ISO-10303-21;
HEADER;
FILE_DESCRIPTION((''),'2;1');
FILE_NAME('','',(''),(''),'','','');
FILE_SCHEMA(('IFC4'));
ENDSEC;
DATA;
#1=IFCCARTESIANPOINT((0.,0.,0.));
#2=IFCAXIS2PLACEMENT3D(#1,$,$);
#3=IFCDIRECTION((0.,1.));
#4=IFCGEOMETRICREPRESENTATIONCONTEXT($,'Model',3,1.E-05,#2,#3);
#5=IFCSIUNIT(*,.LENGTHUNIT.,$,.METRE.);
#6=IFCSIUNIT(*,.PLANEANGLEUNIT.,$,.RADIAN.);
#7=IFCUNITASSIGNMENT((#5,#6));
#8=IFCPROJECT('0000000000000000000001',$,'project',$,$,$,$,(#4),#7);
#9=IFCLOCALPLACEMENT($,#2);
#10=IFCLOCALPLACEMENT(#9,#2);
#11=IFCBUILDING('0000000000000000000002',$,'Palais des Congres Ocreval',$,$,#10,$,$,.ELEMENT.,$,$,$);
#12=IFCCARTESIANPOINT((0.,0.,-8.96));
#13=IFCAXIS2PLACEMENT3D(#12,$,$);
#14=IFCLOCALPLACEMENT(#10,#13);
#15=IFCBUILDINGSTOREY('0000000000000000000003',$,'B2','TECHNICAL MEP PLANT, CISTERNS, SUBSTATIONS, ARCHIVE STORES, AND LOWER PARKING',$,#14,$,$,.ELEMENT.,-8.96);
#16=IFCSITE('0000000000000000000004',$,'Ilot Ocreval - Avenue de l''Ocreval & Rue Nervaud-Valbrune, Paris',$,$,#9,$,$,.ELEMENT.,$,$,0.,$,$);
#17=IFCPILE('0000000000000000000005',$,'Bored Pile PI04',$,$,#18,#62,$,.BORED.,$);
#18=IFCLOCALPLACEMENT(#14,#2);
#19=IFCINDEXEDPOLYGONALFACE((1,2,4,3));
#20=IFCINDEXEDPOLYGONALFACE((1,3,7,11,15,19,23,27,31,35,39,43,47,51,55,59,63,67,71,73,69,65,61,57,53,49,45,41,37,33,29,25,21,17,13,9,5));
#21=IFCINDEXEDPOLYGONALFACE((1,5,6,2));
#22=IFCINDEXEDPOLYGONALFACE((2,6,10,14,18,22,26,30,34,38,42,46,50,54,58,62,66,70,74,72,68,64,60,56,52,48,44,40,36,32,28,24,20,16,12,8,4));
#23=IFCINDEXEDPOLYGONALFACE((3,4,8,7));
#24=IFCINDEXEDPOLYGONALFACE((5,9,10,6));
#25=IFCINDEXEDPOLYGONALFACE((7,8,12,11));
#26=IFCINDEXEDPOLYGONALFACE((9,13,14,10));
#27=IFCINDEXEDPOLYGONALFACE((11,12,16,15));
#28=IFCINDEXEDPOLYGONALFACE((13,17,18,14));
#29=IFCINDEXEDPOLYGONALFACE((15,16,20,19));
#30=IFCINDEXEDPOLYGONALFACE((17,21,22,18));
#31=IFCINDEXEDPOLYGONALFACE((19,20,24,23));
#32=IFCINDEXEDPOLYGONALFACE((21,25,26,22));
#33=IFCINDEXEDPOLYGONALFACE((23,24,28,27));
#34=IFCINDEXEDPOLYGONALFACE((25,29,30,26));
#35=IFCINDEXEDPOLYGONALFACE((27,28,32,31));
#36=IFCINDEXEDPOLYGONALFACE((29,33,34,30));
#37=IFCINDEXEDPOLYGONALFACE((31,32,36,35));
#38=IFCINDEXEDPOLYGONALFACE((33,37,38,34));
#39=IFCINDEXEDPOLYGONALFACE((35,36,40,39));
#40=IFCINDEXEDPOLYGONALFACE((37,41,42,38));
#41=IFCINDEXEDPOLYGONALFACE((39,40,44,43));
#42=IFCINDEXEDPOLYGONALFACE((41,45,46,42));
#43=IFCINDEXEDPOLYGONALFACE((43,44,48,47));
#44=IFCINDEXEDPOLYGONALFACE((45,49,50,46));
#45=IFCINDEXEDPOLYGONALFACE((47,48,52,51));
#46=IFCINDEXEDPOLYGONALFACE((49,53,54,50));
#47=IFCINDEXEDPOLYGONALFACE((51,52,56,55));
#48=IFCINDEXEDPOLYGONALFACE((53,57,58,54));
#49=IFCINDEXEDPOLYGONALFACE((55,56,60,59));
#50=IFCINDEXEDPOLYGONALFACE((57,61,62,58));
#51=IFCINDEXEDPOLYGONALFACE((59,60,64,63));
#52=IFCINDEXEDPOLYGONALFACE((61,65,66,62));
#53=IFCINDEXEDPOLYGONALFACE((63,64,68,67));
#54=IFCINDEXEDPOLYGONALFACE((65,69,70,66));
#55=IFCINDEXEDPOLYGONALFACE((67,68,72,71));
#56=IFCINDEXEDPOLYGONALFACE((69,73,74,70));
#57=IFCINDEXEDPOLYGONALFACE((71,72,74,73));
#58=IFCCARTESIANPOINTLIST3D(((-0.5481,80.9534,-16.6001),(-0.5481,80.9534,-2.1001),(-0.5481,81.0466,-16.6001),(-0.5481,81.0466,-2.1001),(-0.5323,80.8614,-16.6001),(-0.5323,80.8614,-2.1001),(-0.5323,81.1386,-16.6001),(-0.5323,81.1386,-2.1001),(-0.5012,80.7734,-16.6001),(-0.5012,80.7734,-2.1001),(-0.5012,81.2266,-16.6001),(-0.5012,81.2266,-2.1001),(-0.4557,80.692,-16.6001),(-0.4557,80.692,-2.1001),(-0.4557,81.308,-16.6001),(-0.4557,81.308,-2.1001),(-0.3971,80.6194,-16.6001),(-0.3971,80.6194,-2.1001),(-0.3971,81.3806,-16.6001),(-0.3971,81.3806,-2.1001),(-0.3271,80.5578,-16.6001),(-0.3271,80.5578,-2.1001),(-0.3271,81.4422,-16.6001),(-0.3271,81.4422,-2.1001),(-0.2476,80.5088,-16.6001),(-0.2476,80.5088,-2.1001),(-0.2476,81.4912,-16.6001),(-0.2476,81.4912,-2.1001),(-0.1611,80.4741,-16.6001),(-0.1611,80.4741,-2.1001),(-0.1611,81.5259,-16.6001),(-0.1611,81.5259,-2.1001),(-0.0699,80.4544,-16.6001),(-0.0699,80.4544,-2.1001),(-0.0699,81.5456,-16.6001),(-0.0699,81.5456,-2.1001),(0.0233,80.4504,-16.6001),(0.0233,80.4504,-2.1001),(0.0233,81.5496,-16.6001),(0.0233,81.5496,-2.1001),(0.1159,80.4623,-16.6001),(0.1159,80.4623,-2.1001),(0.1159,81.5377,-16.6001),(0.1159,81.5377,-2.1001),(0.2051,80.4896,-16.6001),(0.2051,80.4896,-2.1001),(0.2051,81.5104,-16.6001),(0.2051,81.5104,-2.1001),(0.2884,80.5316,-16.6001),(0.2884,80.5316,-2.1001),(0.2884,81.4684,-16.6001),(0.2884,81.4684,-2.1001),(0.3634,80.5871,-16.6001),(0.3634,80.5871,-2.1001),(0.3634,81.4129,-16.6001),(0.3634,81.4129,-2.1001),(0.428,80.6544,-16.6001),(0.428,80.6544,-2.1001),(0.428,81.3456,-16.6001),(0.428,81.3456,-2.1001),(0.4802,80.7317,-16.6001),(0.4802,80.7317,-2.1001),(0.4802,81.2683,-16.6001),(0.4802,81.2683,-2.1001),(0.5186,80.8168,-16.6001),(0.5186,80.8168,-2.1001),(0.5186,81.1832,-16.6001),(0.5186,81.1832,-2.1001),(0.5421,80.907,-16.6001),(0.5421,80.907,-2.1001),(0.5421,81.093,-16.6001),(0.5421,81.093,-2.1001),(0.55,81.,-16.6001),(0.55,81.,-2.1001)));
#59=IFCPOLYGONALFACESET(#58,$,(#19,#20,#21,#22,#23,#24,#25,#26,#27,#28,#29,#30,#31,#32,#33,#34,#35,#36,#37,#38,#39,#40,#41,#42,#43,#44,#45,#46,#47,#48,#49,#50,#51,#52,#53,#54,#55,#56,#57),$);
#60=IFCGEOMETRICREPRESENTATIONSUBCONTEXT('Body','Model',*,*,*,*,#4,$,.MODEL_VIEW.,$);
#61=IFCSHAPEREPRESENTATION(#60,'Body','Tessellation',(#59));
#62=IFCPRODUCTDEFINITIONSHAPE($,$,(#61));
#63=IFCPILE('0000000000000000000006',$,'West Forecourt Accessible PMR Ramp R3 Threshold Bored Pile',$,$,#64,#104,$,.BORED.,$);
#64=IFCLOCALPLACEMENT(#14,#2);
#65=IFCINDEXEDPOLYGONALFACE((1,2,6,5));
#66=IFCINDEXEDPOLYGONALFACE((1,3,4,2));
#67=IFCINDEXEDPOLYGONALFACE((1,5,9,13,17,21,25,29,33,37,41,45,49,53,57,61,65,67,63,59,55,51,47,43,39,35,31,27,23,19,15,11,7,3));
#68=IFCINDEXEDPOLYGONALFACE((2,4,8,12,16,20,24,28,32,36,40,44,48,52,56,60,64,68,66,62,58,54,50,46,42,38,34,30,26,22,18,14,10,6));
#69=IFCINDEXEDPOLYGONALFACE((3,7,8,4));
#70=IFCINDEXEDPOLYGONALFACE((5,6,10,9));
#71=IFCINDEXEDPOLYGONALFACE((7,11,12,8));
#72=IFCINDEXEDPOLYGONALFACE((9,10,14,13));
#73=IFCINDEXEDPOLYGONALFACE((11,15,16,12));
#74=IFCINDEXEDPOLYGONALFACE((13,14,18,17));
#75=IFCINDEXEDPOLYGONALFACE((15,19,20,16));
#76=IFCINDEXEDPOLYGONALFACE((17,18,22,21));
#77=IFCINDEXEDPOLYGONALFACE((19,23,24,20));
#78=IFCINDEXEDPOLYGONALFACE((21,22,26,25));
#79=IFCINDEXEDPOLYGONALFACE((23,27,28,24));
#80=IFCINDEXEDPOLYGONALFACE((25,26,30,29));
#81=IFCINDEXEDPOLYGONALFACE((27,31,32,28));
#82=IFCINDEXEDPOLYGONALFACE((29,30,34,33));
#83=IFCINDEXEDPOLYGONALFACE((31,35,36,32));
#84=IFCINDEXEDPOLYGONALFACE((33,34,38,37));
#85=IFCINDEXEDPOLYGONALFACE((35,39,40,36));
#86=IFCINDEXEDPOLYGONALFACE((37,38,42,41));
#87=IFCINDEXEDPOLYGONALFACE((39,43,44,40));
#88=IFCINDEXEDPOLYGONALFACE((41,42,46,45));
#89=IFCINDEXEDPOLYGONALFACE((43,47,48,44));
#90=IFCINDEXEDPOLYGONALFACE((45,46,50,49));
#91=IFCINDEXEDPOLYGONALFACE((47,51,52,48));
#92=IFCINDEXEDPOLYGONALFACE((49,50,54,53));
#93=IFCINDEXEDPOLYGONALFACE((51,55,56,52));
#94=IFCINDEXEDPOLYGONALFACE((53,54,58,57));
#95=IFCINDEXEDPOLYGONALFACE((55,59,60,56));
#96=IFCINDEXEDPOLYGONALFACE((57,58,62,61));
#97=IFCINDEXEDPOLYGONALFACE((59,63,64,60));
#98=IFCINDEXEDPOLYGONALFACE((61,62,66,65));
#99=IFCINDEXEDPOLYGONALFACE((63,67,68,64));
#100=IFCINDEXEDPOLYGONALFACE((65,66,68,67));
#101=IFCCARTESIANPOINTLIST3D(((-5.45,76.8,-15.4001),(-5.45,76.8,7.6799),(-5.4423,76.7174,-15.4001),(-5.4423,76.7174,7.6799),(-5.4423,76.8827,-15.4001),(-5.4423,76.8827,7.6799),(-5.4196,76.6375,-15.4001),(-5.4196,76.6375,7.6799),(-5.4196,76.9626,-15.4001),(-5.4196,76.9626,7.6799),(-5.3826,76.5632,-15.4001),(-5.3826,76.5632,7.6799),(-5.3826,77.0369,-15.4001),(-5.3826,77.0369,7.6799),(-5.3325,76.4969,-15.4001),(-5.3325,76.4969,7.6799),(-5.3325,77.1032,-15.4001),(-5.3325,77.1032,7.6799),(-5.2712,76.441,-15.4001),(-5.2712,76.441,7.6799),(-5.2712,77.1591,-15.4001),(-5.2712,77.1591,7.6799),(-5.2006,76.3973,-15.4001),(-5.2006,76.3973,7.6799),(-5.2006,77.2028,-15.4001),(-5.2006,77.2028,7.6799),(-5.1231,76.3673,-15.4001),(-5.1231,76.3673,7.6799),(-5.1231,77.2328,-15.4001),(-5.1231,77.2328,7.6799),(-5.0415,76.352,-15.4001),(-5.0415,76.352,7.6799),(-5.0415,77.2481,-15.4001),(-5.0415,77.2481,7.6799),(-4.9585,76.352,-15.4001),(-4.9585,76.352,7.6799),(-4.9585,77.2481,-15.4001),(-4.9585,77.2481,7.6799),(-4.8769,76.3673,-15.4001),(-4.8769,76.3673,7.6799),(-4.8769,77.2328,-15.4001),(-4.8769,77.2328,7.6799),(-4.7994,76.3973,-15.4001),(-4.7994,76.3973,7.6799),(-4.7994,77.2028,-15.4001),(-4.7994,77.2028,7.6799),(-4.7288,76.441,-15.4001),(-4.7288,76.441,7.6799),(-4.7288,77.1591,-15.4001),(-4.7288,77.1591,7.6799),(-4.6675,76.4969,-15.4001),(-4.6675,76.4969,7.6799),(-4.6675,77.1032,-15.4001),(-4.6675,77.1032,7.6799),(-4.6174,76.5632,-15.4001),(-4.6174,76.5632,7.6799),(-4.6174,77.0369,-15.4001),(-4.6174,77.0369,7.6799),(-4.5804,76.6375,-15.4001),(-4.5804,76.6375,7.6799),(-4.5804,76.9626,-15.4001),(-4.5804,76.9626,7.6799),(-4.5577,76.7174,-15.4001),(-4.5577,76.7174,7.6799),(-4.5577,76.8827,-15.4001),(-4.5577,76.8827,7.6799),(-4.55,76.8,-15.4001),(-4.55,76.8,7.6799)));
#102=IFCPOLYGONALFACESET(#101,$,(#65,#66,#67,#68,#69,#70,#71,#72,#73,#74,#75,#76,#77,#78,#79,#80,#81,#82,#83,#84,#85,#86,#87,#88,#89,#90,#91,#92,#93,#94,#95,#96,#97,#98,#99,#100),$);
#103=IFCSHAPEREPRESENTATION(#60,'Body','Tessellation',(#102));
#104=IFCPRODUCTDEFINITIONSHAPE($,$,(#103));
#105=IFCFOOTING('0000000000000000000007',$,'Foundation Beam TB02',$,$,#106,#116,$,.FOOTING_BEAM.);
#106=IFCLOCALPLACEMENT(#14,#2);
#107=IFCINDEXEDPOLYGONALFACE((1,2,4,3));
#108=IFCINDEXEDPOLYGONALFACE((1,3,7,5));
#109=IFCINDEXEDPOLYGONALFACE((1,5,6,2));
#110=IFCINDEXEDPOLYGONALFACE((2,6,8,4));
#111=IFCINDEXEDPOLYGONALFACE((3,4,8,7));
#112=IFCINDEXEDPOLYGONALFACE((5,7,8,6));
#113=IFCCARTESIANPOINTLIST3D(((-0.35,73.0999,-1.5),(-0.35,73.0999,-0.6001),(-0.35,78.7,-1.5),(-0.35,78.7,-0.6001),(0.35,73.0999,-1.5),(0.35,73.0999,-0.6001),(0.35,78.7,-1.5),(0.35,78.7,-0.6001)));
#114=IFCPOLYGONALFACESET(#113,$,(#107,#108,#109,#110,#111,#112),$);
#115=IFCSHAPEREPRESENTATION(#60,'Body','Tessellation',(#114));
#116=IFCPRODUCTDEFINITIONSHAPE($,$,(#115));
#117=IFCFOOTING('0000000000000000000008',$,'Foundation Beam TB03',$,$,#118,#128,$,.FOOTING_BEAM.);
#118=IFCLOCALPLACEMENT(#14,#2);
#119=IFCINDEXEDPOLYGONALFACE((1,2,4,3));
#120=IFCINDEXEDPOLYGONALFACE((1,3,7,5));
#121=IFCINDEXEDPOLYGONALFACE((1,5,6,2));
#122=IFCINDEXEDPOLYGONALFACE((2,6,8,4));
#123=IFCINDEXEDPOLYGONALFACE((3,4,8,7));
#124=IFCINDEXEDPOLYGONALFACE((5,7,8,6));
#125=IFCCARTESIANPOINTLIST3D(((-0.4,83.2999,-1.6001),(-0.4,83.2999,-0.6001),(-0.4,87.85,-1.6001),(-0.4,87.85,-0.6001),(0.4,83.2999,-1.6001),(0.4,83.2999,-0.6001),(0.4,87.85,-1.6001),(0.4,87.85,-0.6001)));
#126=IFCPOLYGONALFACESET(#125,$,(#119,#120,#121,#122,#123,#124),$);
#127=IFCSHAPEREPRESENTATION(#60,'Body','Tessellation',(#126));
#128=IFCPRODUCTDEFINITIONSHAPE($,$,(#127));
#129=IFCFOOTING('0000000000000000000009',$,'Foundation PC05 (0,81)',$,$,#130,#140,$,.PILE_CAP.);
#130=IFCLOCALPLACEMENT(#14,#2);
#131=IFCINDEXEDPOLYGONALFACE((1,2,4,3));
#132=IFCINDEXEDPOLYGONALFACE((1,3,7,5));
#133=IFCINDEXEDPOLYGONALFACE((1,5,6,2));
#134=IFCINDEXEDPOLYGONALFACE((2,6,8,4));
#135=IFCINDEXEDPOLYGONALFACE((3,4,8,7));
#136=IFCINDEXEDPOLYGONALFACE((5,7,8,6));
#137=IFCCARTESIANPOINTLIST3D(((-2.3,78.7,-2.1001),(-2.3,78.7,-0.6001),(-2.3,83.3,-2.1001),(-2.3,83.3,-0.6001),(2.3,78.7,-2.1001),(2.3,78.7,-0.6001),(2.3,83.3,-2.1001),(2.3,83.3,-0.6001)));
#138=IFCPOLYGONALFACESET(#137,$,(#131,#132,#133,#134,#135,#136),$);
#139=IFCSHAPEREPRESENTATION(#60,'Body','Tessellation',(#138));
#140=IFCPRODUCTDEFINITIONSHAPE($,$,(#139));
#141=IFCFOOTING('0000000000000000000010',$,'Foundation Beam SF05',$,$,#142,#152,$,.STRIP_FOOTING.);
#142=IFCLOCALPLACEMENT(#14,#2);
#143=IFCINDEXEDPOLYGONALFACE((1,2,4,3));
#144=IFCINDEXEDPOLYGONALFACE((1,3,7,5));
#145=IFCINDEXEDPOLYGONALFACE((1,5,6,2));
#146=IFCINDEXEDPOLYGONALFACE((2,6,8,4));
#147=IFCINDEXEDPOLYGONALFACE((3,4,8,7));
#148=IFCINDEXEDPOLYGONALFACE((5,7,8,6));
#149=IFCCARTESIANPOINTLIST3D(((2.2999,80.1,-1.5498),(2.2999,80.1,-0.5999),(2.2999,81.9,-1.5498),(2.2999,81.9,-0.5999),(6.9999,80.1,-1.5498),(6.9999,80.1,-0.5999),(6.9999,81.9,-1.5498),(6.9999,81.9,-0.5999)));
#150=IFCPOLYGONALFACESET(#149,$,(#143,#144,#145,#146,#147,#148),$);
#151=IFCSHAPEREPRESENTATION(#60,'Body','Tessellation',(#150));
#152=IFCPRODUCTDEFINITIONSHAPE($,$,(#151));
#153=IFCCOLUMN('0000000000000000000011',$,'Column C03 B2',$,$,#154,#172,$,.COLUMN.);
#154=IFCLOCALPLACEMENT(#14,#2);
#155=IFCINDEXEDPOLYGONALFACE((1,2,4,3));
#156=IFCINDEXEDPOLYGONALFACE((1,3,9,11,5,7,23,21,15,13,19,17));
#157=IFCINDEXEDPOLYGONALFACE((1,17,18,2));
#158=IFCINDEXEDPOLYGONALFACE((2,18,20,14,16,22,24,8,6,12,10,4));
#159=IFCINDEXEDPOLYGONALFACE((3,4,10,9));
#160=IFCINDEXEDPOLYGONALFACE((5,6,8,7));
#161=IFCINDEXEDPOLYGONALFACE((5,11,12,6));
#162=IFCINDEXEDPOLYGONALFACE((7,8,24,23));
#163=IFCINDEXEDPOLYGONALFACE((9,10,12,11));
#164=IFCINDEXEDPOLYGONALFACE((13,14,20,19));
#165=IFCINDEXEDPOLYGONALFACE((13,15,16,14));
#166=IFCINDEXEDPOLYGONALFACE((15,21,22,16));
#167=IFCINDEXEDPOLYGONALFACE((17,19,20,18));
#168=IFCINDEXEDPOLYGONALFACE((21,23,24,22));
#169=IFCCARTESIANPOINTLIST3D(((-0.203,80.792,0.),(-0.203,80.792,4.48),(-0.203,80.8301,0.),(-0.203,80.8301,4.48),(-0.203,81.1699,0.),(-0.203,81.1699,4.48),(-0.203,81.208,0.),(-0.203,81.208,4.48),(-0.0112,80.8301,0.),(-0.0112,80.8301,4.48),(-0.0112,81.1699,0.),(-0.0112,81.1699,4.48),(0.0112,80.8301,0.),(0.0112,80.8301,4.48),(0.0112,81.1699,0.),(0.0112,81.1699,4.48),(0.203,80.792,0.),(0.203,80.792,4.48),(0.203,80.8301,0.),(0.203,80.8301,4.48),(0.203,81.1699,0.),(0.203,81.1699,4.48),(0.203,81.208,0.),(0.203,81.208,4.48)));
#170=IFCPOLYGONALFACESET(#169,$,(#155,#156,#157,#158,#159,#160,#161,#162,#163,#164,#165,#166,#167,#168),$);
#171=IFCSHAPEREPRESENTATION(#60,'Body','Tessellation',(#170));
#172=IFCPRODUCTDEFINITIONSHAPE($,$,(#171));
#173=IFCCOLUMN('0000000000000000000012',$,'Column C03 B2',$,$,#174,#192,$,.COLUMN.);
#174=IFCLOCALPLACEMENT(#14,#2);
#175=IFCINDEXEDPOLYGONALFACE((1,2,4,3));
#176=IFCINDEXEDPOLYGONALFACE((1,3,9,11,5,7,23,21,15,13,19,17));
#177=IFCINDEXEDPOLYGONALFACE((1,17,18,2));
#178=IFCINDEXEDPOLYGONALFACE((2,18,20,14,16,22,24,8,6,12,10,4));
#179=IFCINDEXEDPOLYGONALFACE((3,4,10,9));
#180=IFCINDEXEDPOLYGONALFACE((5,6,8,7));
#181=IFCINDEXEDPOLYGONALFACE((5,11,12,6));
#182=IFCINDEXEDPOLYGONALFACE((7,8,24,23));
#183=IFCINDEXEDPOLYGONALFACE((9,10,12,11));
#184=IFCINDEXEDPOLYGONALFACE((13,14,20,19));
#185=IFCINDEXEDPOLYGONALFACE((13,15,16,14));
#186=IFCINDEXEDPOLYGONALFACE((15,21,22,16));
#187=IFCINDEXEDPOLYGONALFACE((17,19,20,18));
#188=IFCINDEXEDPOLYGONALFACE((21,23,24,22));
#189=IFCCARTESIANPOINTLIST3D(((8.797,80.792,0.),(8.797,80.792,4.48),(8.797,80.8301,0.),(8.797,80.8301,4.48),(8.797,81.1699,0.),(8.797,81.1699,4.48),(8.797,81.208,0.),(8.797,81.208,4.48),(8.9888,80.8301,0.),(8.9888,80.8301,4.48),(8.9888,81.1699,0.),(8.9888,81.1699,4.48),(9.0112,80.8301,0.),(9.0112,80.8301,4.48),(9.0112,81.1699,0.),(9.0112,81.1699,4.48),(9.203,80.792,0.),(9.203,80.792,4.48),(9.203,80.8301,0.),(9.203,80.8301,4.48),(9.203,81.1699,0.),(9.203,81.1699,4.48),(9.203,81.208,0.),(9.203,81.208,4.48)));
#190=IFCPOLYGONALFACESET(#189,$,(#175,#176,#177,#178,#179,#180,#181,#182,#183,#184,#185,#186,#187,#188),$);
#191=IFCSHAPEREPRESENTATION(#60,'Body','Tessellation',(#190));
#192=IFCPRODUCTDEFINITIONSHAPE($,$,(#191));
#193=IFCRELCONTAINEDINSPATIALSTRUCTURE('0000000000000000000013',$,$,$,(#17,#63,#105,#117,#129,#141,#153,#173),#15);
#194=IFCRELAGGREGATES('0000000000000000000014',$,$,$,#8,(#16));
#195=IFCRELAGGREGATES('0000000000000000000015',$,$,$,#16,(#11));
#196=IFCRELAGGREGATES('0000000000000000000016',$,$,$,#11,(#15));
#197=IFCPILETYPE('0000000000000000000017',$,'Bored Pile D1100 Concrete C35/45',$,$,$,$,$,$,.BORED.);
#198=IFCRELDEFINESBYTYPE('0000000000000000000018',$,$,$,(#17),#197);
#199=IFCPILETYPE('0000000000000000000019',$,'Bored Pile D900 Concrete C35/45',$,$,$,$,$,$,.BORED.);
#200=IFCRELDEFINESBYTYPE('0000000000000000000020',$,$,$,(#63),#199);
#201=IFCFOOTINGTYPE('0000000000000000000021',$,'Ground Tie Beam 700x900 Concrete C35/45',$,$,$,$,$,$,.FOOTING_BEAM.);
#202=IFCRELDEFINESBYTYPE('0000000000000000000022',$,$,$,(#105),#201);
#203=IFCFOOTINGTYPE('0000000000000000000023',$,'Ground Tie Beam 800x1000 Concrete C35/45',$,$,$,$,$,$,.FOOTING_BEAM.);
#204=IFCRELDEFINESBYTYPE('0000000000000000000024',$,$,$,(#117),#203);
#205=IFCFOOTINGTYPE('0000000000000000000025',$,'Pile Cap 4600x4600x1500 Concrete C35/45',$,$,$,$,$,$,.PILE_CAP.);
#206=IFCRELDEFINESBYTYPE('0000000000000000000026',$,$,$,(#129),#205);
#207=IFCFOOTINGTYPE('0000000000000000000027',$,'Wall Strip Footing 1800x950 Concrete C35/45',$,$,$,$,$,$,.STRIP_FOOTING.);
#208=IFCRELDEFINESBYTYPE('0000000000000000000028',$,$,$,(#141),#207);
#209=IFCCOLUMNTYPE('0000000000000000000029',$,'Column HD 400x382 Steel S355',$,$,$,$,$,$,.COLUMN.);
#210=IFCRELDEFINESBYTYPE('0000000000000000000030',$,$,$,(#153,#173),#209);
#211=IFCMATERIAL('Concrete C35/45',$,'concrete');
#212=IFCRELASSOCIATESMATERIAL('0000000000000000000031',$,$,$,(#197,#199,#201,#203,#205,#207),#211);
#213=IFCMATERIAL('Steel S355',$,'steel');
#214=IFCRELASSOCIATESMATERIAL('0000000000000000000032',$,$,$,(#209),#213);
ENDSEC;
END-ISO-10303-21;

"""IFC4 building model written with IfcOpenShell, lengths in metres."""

from ifc_helpers import new_model, si_unit, direction, frame, origin, origin_2d, place, context, subcontext, project, spatial, rectangle, circle, i_section, extrude, material, material_profile, profile_set, type_object, element, save


model = new_model("IFC4")

# Units and contexts
model_context = context("Model", 3, precision=1e-05, world=origin(), true_north=direction((0.0, 1.0)))
body_context = subcontext(model_context, "Body", "Model", "MODEL_VIEW")
ifc_project = project(units=[si_unit("LENGTHUNIT", "METRE"), si_unit("PLANEANGLEUNIT", "RADIAN")], contexts=[model_context])

# Site, building, storey
site_placement = place(None, origin())
site = spatial("IfcSite", under=ifc_project, at=site_placement, Name="Ilot Ocreval - Avenue de l'Ocreval & Rue Nervaud-Valbrune, Paris", CompositionType="ELEMENT", RefElevation=0.0)
building_placement = place(site_placement, origin())
building = spatial("IfcBuilding", under=site, at=building_placement, Name="Palais des Congres Ocreval", CompositionType="ELEMENT")
storey_placement = place(building_placement, frame((0.0, 0.0, -8.96)))
storey = spatial("IfcBuildingStorey", under=building, at=storey_placement, Name="B2", Description="TECHNICAL MEP PLANT, CISTERNS, SUBSTATIONS, ARCHIVE STORES, AND LOWER PARKING", CompositionType="ELEMENT", Elevation=-8.96)

# Piles
ifc_material_1 = material(Name="Concrete C35/45", Category="concrete")
ifc_material_profile_1 = material_profile(ifc_material_1, circle(Radius=0.55, at=origin_2d()), Name="BORED PILE 1100")
ifc_profile_set_1 = profile_set([ifc_material_profile_1], Name="Concrete C35/45")
pile_type_1 = type_object("IfcPileType", Name="Bored Pile D1100 Concrete C35/45", PredefinedType="BORED", material=ifc_profile_set_1)
pile_1_placement = place(storey_placement, frame((0.0, 81.0, -2.1001), z_axis=(0.0, 0.0, -1.0), x_axis=(1.0, 0.0, 0.0)))
element("IfcPile", 1, at=pile_1_placement, inside=storey, type_object=pile_type_1, Name="Bored Pile PI04", PredefinedType="BORED", context=body_context, shape_type="SweptSolid", body=[
    extrude(circle(Radius=0.55, at=origin_2d()), origin(), (0.0, 0.0, 1.0), 14.5),
])
ifc_material_profile_2 = material_profile(ifc_material_1, circle(Radius=0.45, at=origin_2d()), Name="BORED PILE 900")
ifc_profile_set_2 = profile_set([ifc_material_profile_2], Name="Concrete C35/45")
pile_type_2 = type_object("IfcPileType", Name="Bored Pile D900 Concrete C35/45", PredefinedType="BORED", material=ifc_profile_set_2)
pile_2_placement = place(storey_placement, frame((-5.0, 76.8, 7.6799), z_axis=(0.0, 0.0, -1.0), x_axis=(1.0, 0.0, 0.0)))
element("IfcPile", 2, at=pile_2_placement, inside=storey, type_object=pile_type_2, Name="West Forecourt Accessible PMR Ramp R3 Threshold Bored Pile", PredefinedType="BORED", context=body_context, shape_type="SweptSolid", body=[
    extrude(circle(Radius=0.45, at=origin_2d()), origin(), (0.0, 0.0, 1.0), 23.0801),
])

# Footings
footing_type_1 = type_object("IfcFootingType", Name="Ground Tie Beam 700x900 Concrete C35/45", PredefinedType="FOOTING_BEAM", material=ifc_material_1)
footing_1_placement = place(storey_placement, frame((0.0, 75.8999, -1.5), z_axis=(0.0, 0.0, 1.0), x_axis=(0.0, 1.0, 0.0)))
element("IfcFooting", 3, at=footing_1_placement, inside=storey, type_object=footing_type_1, Name="Foundation Beam TB02", PredefinedType="FOOTING_BEAM", context=body_context, shape_type="SweptSolid", body=[
    extrude(rectangle(XDim=5.6001, YDim=0.7, at=origin_2d()), origin(), (0.0, 0.0, 1.0), 0.8999),
])
footing_type_2 = type_object("IfcFootingType", Name="Ground Tie Beam 800x1000 Concrete C35/45", PredefinedType="FOOTING_BEAM", material=ifc_material_1)
footing_2_placement = place(storey_placement, frame((0.0, 85.575, -1.6001), z_axis=(0.0, 0.0, 1.0), x_axis=(0.0, 1.0, 0.0)))
element("IfcFooting", 4, at=footing_2_placement, inside=storey, type_object=footing_type_2, Name="Foundation Beam TB03", PredefinedType="FOOTING_BEAM", context=body_context, shape_type="SweptSolid", body=[
    extrude(rectangle(XDim=4.55, YDim=0.8, at=origin_2d()), origin(), (0.0, 0.0, 1.0), 1.0),
])
footing_type_3 = type_object("IfcFootingType", Name="Pile Cap 4600x4600x1500 Concrete C35/45", PredefinedType="PILE_CAP", material=ifc_material_1)
footing_3_placement = place(storey_placement, frame((0.0, 81.0, -2.1001), z_axis=(0.0, 0.0, 1.0), x_axis=(1.0, 0.0, 0.0)))
element("IfcFooting", 5, at=footing_3_placement, inside=storey, type_object=footing_type_3, Name="Foundation PC05 (0,81)", PredefinedType="PILE_CAP", context=body_context, shape_type="SweptSolid", body=[
    extrude(rectangle(XDim=4.6001, YDim=4.6001, at=origin_2d()), origin(), (0.0, 0.0, 1.0), 1.5),
])
footing_type_4 = type_object("IfcFootingType", Name="Wall Strip Footing 1800x950 Concrete C35/45", PredefinedType="STRIP_FOOTING", material=ifc_material_1)
footing_4_placement = place(storey_placement, frame((4.6499, 81.0, -1.5498), z_axis=(0.0, 0.0, 1.0), x_axis=(1.0, 0.0, 0.0)))
element("IfcFooting", 6, at=footing_4_placement, inside=storey, type_object=footing_type_4, Name="Foundation Beam SF05", PredefinedType="STRIP_FOOTING", context=body_context, shape_type="SweptSolid", body=[
    extrude(rectangle(XDim=4.7, YDim=1.8, at=origin_2d()), origin(), (0.0, 0.0, 1.0), 0.95),
])

# Columns
ifc_material_2 = material(Name="Steel S355", Category="steel")
ifc_material_profile_3 = material_profile(ifc_material_2, i_section(OverallWidth=0.406, OverallDepth=0.416, WebThickness=0.0225, FlangeThickness=0.0381, at=origin_2d()), Name="HD 400x382")
ifc_profile_set_3 = profile_set([ifc_material_profile_3], Name="Steel S355")
column_type = type_object("IfcColumnType", Name="Column HD 400x382 Steel S355", PredefinedType="COLUMN", material=ifc_profile_set_3)
for number, where, z_axis, x_axis, name in (
    (7, (0.0, 81.0, 0.0), (0.0, 0.0, 1.0), (1.0, 0.0, 0.0), "Column C03 B2"),
    (8, (9.0, 81.0, 0.0), (0.0, 0.0, 1.0), (1.0, 0.0, 0.0), "Column C03 B2"),
):
    element("IfcColumn", number, at=place(storey_placement, frame(where, z_axis=z_axis, x_axis=x_axis)), inside=storey, type_object=column_type, Name=name, PredefinedType="COLUMN", context=body_context, shape_type="SweptSolid", body=[
        extrude(i_section(OverallWidth=0.406, OverallDepth=0.416, WebThickness=0.0225, FlangeThickness=0.0381, at=origin_2d()), origin(), (0.0, 0.0, 1.0), 4.48),
    ])

save(model, "model.ifc")
